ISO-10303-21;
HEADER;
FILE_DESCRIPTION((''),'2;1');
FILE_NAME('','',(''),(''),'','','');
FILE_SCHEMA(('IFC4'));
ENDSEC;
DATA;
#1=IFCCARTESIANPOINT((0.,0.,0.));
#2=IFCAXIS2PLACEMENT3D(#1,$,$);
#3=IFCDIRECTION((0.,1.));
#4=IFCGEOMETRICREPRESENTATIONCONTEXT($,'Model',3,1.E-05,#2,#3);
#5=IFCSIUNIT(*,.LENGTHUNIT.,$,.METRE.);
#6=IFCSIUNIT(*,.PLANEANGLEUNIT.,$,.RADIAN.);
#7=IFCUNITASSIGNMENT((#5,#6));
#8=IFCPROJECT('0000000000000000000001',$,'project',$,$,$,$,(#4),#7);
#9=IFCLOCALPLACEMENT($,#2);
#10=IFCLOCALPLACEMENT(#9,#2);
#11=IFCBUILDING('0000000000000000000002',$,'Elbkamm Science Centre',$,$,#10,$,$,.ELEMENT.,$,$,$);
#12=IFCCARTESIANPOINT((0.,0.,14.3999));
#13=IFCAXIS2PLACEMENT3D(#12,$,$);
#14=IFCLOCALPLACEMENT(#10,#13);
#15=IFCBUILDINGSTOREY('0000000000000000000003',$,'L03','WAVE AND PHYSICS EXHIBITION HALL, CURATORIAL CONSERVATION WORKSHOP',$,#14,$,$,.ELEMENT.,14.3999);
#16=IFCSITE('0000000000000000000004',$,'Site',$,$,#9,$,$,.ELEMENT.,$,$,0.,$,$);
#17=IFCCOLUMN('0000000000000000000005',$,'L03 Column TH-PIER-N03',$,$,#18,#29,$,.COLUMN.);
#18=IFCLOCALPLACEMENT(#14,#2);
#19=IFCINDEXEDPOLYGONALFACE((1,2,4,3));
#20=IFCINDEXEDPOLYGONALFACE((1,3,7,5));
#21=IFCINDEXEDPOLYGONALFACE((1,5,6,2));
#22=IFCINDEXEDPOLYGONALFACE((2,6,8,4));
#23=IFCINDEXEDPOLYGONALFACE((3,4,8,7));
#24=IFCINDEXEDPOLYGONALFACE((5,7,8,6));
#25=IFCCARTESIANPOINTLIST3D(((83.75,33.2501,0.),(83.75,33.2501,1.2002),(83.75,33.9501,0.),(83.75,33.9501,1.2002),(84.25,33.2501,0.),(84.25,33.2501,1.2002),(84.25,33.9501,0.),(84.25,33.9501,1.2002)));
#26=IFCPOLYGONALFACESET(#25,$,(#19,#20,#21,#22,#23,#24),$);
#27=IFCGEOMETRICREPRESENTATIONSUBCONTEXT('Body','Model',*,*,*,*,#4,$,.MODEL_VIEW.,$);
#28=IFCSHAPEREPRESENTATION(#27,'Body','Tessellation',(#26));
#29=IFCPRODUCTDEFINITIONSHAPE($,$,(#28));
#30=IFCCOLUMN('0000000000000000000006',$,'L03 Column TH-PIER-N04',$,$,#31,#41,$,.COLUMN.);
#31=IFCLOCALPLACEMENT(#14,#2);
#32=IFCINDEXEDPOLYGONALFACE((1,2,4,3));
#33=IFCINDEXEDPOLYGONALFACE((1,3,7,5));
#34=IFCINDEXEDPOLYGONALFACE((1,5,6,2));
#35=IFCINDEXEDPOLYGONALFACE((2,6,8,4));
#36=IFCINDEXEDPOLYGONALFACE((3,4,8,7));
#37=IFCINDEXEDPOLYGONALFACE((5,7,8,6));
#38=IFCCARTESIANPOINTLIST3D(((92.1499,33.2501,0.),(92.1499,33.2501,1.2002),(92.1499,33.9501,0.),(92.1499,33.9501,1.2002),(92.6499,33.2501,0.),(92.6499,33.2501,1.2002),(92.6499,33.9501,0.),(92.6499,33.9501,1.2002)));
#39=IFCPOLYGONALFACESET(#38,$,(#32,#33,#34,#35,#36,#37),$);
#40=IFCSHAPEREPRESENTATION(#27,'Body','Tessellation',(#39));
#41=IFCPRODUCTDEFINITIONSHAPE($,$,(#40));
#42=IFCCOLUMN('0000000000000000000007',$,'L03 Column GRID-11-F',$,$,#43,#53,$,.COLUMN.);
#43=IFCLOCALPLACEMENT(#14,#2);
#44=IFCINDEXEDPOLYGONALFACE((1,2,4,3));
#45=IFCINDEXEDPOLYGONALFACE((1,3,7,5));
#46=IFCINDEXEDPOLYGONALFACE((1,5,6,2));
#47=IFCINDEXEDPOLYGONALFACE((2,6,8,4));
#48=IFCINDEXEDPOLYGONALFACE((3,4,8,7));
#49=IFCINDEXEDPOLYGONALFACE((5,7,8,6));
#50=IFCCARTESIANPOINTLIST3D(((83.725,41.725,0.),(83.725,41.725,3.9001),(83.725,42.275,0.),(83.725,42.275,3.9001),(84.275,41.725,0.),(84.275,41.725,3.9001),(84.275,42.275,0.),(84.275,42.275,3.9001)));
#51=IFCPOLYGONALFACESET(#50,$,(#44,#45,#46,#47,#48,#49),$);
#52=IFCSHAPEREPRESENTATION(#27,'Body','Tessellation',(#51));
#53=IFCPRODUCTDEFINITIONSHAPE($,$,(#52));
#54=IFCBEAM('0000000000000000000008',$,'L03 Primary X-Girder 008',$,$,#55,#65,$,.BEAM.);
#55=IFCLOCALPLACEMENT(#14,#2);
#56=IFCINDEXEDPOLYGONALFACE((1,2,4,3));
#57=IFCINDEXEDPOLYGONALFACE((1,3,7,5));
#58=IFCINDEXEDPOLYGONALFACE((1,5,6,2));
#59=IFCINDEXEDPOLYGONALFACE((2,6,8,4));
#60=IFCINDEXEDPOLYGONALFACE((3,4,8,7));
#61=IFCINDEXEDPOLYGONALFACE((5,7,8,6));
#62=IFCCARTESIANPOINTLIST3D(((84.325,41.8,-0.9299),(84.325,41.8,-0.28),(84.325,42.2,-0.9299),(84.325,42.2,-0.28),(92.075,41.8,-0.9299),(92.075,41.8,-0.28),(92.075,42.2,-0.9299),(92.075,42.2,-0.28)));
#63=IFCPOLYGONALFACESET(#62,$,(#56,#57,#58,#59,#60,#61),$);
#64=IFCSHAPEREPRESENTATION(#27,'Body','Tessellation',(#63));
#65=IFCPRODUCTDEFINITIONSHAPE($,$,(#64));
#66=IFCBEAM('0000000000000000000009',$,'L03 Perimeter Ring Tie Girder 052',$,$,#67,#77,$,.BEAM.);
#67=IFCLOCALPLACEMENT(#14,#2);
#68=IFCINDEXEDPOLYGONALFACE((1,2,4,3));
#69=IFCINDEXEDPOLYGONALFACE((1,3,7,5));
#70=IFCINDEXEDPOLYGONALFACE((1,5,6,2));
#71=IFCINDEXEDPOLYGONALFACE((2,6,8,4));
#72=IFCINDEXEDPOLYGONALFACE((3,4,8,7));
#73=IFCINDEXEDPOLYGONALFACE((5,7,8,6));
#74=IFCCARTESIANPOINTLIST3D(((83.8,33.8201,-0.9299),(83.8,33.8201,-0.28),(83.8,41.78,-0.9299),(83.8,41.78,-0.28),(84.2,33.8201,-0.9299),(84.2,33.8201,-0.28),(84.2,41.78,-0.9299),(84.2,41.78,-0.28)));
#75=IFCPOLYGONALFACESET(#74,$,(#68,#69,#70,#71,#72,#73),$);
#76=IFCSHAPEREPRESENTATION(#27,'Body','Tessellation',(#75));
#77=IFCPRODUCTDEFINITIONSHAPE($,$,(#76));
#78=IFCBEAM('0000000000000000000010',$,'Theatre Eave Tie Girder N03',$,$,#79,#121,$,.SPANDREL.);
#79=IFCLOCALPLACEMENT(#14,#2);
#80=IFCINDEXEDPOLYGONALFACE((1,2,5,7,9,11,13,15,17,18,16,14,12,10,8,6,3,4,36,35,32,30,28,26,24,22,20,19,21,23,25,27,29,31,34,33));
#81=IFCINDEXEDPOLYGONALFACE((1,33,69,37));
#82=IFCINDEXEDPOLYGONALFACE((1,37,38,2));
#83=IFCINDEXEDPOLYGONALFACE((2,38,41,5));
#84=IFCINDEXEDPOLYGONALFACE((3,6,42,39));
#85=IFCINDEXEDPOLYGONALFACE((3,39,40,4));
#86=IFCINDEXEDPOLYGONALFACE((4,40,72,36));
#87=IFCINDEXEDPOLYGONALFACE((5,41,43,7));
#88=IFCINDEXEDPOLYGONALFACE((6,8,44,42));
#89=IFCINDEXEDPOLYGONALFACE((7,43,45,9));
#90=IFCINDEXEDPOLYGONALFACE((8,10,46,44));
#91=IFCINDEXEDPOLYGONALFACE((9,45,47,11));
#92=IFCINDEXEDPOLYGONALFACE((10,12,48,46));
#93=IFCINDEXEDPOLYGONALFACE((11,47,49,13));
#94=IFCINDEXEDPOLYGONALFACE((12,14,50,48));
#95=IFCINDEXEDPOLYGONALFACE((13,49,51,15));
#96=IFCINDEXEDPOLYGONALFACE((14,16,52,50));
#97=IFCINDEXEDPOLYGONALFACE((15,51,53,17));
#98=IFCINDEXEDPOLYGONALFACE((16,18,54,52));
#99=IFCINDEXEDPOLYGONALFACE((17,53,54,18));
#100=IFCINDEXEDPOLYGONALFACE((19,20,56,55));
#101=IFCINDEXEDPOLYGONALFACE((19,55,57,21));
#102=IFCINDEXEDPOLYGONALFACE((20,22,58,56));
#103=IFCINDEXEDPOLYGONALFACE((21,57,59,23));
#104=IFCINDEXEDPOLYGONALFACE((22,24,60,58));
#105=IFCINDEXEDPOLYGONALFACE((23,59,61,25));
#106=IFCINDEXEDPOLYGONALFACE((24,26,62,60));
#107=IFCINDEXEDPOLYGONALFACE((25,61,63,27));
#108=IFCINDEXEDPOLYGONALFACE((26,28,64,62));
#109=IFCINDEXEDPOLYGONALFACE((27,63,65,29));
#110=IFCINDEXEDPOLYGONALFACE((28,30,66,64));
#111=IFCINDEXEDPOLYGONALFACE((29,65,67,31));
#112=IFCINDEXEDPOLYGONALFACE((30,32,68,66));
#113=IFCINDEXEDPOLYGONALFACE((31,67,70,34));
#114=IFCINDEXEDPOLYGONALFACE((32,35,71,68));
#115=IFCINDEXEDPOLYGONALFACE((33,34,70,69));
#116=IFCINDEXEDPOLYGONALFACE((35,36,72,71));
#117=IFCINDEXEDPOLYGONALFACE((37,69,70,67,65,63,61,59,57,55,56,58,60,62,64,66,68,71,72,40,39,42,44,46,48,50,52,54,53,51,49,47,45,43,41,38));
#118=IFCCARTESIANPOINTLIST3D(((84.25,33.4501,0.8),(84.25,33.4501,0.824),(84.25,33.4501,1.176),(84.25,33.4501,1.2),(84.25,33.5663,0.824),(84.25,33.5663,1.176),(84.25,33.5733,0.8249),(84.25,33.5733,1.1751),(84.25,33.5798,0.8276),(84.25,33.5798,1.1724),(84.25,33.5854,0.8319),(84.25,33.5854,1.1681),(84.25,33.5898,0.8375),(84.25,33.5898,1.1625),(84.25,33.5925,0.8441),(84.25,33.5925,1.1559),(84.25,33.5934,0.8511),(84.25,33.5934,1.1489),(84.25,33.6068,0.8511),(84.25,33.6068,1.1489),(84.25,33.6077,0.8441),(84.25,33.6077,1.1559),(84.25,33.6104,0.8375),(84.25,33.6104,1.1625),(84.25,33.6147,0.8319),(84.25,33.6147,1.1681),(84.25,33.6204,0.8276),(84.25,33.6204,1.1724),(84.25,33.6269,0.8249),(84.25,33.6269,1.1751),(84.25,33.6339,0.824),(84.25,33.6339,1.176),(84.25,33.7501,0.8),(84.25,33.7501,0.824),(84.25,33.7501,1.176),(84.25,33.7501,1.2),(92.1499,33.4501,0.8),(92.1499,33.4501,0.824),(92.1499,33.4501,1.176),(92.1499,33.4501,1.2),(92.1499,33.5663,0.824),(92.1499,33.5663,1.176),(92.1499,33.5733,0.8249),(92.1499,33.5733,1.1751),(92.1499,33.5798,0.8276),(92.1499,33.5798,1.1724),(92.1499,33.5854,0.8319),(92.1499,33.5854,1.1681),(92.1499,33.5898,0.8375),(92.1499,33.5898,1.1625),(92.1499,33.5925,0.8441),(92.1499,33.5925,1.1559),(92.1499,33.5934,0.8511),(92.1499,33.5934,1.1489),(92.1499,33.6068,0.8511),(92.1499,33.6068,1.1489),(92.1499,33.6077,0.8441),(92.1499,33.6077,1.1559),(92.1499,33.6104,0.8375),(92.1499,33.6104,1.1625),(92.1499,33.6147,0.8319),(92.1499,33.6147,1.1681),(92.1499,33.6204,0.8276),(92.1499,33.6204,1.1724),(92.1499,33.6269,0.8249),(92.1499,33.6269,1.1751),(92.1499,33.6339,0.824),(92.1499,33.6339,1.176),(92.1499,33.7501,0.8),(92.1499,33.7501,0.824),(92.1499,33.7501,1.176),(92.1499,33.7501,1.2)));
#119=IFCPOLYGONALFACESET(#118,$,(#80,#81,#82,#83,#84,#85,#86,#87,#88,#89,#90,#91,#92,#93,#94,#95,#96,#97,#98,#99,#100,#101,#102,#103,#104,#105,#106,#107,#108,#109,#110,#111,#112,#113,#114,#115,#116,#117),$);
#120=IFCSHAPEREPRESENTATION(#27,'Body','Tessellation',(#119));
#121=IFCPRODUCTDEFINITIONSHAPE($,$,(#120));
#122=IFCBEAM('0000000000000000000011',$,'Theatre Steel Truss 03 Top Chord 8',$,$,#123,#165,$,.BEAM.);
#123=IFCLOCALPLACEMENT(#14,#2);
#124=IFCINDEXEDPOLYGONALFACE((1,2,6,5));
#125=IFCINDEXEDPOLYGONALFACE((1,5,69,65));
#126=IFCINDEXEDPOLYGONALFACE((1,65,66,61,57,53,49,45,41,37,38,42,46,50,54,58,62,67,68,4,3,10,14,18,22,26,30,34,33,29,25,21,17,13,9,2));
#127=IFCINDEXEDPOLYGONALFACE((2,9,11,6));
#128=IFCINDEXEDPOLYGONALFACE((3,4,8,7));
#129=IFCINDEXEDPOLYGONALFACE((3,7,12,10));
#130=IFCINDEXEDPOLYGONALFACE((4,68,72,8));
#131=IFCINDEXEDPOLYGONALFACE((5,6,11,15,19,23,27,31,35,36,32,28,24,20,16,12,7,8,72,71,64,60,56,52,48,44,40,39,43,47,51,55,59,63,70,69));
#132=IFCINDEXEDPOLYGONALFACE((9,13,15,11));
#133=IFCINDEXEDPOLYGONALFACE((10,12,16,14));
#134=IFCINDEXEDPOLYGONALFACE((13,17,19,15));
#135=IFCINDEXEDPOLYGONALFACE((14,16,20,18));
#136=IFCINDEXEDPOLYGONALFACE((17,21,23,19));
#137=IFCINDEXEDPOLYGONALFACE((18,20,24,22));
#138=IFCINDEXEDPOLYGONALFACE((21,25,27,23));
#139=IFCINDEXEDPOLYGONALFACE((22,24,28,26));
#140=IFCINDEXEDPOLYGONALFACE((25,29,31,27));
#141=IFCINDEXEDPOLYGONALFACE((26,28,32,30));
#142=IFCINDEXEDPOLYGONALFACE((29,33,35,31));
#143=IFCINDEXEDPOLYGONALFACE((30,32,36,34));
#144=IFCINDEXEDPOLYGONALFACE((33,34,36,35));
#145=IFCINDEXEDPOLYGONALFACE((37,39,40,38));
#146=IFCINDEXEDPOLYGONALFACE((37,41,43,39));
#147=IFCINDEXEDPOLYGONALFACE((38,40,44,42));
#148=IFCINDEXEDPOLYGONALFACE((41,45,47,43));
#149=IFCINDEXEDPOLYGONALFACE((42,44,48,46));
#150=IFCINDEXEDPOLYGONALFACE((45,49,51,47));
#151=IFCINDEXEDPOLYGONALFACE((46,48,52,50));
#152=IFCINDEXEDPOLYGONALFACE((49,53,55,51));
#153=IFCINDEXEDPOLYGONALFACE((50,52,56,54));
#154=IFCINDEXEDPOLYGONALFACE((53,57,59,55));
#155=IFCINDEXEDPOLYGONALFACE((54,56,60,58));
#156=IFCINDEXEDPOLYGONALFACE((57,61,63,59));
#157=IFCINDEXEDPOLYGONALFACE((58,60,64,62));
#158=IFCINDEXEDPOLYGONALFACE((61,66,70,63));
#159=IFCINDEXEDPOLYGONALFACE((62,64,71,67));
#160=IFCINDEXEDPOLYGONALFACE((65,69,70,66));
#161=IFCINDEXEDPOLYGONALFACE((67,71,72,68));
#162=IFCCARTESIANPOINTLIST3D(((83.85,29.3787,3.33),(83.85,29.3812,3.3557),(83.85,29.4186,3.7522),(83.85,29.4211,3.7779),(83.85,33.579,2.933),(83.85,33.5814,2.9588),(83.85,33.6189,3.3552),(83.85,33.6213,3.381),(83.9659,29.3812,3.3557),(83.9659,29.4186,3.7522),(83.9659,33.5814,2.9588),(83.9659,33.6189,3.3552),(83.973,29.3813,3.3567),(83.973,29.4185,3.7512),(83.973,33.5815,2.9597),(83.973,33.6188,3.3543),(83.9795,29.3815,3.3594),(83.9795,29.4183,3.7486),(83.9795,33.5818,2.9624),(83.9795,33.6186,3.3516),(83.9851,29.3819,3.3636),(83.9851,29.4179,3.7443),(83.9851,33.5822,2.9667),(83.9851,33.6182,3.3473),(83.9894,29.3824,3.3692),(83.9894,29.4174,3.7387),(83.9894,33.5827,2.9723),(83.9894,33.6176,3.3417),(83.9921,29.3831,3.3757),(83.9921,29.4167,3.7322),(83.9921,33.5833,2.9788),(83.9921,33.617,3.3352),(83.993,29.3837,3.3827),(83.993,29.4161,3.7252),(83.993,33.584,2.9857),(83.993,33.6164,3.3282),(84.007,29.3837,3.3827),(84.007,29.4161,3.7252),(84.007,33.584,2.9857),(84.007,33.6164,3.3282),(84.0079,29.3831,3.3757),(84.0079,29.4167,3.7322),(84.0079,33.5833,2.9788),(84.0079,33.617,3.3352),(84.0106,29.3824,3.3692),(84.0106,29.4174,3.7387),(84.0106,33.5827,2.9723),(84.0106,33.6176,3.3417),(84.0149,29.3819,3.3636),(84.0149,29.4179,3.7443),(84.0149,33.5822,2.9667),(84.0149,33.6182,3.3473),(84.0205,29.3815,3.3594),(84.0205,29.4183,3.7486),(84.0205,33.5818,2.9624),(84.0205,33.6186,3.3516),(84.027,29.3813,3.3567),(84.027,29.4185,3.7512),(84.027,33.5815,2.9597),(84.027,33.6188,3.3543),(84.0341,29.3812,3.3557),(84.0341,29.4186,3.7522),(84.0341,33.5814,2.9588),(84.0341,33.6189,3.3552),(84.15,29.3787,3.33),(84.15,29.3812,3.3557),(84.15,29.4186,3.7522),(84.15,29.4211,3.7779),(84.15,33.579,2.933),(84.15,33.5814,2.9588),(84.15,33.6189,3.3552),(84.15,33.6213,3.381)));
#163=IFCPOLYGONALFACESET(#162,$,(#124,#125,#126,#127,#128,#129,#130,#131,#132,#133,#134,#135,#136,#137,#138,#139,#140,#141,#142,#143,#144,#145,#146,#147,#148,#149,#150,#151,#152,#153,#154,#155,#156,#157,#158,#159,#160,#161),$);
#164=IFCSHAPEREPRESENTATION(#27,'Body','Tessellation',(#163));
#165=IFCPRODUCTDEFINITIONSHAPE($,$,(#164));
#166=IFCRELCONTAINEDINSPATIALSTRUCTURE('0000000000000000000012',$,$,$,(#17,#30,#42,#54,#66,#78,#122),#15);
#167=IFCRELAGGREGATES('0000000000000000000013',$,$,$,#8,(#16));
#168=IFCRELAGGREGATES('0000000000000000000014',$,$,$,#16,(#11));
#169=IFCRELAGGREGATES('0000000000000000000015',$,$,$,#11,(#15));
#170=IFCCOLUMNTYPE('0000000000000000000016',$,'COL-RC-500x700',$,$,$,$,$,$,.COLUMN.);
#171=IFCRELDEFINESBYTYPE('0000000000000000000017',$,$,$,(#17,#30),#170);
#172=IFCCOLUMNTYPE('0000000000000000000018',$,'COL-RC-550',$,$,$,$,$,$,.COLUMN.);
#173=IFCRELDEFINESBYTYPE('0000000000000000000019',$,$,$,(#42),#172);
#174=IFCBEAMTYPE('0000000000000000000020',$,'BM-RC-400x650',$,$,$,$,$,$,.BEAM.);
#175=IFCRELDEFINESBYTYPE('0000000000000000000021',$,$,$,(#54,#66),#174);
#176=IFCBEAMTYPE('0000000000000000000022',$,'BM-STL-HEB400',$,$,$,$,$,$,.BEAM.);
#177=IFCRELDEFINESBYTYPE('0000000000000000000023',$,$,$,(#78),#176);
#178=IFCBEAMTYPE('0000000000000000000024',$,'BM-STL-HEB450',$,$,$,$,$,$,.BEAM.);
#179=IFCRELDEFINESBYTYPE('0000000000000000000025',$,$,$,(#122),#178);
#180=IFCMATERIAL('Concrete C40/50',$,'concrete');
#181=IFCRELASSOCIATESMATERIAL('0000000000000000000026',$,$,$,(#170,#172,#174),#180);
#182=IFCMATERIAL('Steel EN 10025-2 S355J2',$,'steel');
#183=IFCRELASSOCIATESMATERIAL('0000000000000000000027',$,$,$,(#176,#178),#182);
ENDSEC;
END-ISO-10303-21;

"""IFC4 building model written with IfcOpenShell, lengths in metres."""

from ifc_helpers import new_model, si_unit, direction, frame, origin, origin_2d, place, context, subcontext, project, spatial, rectangle, i_section, extrude, material, material_profile, profile_set, type_object, element, save


model = new_model("IFC4")

# Units and contexts
model_context = context("Model", 3, precision=1e-05, world=origin(), true_north=direction((0.0, 1.0)))
body_context = subcontext(model_context, "Body", "Model", "MODEL_VIEW")
ifc_project = project(units=[si_unit("LENGTHUNIT", "METRE"), si_unit("PLANEANGLEUNIT", "RADIAN")], contexts=[model_context])

# Site, building, storey
site_placement = place(None, origin())
site = spatial("IfcSite", under=ifc_project, at=site_placement, Name="Site", CompositionType="ELEMENT", RefElevation=0.0)
building_placement = place(site_placement, origin())
building = spatial("IfcBuilding", under=site, at=building_placement, Name="Elbkamm Science Centre", CompositionType="ELEMENT")
storey_placement = place(building_placement, frame((0.0, 0.0, 14.3999)))
storey = spatial("IfcBuildingStorey", under=building, at=storey_placement, Name="L03", Description="WAVE AND PHYSICS EXHIBITION HALL, CURATORIAL CONSERVATION WORKSHOP", CompositionType="ELEMENT", Elevation=14.3999)

# Columns
ifc_material_1 = material(Name="Concrete C40/50", Category="concrete")
ifc_material_profile_1 = material_profile(ifc_material_1, rectangle(XDim=0.5, YDim=0.7, at=origin_2d()), Name="RC 500x700")
ifc_profile_set_1 = profile_set([ifc_material_profile_1], Name="Concrete C40/50")
column_type_1 = type_object("IfcColumnType", Name="COL-RC-500x700", PredefinedType="COLUMN", material=ifc_profile_set_1)
for number, where, z_axis, x_axis, name in (
    (1, (84.0, 33.6001, 0.0), (0.0, 0.0, 1.0), (1.0, 0.0, 0.0), "L03 Column TH-PIER-N03"),
    (2, (92.3999, 33.6001, 0.0), (0.0, 0.0, 1.0), (1.0, 0.0, 0.0), "L03 Column TH-PIER-N04"),
):
    element("IfcColumn", number, at=place(storey_placement, frame(where, z_axis=z_axis, x_axis=x_axis)), inside=storey, type_object=column_type_1, Name=name, PredefinedType="COLUMN", context=body_context, shape_type="SweptSolid", body=[
        extrude(rectangle(XDim=0.5, YDim=0.7, at=origin_2d()), origin(), (0.0, 0.0, 1.0), 1.2002),
    ])
ifc_material_profile_2 = material_profile(ifc_material_1, rectangle(XDim=0.55, YDim=0.55, at=origin_2d()), Name="RC 550x550")
ifc_profile_set_2 = profile_set([ifc_material_profile_2], Name="Concrete C40/50")
column_type_2 = type_object("IfcColumnType", Name="COL-RC-550", PredefinedType="COLUMN", material=ifc_profile_set_2)
column_placement = place(storey_placement, frame((84.0, 42.0, 0.0), z_axis=(0.0, 0.0, 1.0), x_axis=(1.0, 0.0, 0.0)))
element("IfcColumn", 3, at=column_placement, inside=storey, type_object=column_type_2, Name="L03 Column GRID-11-F", PredefinedType="COLUMN", context=body_context, shape_type="SweptSolid", body=[
    extrude(rectangle(XDim=0.55, YDim=0.55, at=origin_2d()), origin(), (0.0, 0.0, 1.0), 3.9001),
])

# Beams
ifc_material_profile_3 = material_profile(ifc_material_1, rectangle(XDim=0.3999, YDim=0.6499, at=origin_2d()), Name="RC 400x650")
ifc_profile_set_3 = profile_set([ifc_material_profile_3], Name="Concrete C40/50")
beam_type_1 = type_object("IfcBeamType", Name="BM-RC-400x650", PredefinedType="BEAM", material=ifc_profile_set_3)
beam_1_placement = place(storey_placement, frame((84.325, 42.0, -0.605), z_axis=(1.0, 0.0, 0.0), x_axis=(0.0, 1.0, 0.0)))
element("IfcBeam", 4, at=beam_1_placement, inside=storey, type_object=beam_type_1, Name="L03 Primary X-Girder 008", PredefinedType="BEAM", context=body_context, shape_type="SweptSolid", body=[
    extrude(rectangle(XDim=0.3999, YDim=0.6499, at=origin_2d()), origin(), (0.0, 0.0, 1.0), 7.75),
])
beam_2_placement = place(storey_placement, frame((84.0, 33.8201, -0.605), z_axis=(0.0, 1.0, 0.0), x_axis=(-1.0, 0.0, 0.0)))
element("IfcBeam", 5, at=beam_2_placement, inside=storey, type_object=beam_type_1, Name="L03 Perimeter Ring Tie Girder 052", PredefinedType="BEAM", context=body_context, shape_type="SweptSolid", body=[
    extrude(rectangle(XDim=0.3999, YDim=0.6499, at=origin_2d()), origin(), (0.0, 0.0, 1.0), 7.96),
])
ifc_material_2 = material(Name="Steel EN 10025-2 S355J2", Category="steel")
ifc_material_profile_4 = material_profile(ifc_material_2, i_section(OverallWidth=0.3, OverallDepth=0.3999, WebThickness=0.0134, FlangeThickness=0.0239, FilletRadius=0.0271, at=origin_2d()), Name="HEB 400")
ifc_profile_set_4 = profile_set([ifc_material_profile_4], Name="Steel EN 10025-2 S355J2")
beam_type_2 = type_object("IfcBeamType", Name="BM-STL-HEB400", PredefinedType="BEAM", material=ifc_profile_set_4)
beam_3_placement = place(storey_placement, frame((84.25, 33.6001, 1.0), z_axis=(1.0, 0.0, 0.0), x_axis=(0.0, 1.0, 0.0)))
element("IfcBeam", 6, at=beam_3_placement, inside=storey, type_object=beam_type_2, Name="Theatre Eave Tie Girder N03", PredefinedType="SPANDREL", context=body_context, shape_type="SweptSolid", body=[
    extrude(i_section(OverallWidth=0.3, OverallDepth=0.3999, WebThickness=0.0134, FlangeThickness=0.0239, FilletRadius=0.0271, at=origin_2d()), origin(), (0.0, 0.0, 1.0), 7.8999),
])
ifc_material_profile_5 = material_profile(ifc_material_2, i_section(OverallWidth=0.3, OverallDepth=0.45, WebThickness=0.0139, FlangeThickness=0.0259, FilletRadius=0.0271, at=origin_2d()), Name="HEB 450")
ifc_profile_set_5 = profile_set([ifc_material_profile_5], Name="Steel EN 10025-2 S355J2")
beam_type_3 = type_object("IfcBeamType", Name="BM-STL-HEB450", PredefinedType="BEAM", material=ifc_profile_set_5)
for number, where, z_axis, x_axis, name in (
    (7, (84.0, 29.3999, 3.554), (0.0, 0.995563, -0.094094), (-1.0, 0.0, 0.0), "Theatre Steel Truss 03 Top Chord 8"),
):
    element("IfcBeam", number, at=place(storey_placement, frame(where, z_axis=z_axis, x_axis=x_axis)), inside=storey, type_object=beam_type_3, Name=name, PredefinedType="BEAM", context=body_context, shape_type="SweptSolid", body=[
        extrude(i_section(OverallWidth=0.3, OverallDepth=0.45, WebThickness=0.0139, FlangeThickness=0.0259, FilletRadius=0.0271, at=origin_2d()), origin(), (0.0, 0.0, 1.0), 4.219),
    ])

save(model, "model.ifc")
